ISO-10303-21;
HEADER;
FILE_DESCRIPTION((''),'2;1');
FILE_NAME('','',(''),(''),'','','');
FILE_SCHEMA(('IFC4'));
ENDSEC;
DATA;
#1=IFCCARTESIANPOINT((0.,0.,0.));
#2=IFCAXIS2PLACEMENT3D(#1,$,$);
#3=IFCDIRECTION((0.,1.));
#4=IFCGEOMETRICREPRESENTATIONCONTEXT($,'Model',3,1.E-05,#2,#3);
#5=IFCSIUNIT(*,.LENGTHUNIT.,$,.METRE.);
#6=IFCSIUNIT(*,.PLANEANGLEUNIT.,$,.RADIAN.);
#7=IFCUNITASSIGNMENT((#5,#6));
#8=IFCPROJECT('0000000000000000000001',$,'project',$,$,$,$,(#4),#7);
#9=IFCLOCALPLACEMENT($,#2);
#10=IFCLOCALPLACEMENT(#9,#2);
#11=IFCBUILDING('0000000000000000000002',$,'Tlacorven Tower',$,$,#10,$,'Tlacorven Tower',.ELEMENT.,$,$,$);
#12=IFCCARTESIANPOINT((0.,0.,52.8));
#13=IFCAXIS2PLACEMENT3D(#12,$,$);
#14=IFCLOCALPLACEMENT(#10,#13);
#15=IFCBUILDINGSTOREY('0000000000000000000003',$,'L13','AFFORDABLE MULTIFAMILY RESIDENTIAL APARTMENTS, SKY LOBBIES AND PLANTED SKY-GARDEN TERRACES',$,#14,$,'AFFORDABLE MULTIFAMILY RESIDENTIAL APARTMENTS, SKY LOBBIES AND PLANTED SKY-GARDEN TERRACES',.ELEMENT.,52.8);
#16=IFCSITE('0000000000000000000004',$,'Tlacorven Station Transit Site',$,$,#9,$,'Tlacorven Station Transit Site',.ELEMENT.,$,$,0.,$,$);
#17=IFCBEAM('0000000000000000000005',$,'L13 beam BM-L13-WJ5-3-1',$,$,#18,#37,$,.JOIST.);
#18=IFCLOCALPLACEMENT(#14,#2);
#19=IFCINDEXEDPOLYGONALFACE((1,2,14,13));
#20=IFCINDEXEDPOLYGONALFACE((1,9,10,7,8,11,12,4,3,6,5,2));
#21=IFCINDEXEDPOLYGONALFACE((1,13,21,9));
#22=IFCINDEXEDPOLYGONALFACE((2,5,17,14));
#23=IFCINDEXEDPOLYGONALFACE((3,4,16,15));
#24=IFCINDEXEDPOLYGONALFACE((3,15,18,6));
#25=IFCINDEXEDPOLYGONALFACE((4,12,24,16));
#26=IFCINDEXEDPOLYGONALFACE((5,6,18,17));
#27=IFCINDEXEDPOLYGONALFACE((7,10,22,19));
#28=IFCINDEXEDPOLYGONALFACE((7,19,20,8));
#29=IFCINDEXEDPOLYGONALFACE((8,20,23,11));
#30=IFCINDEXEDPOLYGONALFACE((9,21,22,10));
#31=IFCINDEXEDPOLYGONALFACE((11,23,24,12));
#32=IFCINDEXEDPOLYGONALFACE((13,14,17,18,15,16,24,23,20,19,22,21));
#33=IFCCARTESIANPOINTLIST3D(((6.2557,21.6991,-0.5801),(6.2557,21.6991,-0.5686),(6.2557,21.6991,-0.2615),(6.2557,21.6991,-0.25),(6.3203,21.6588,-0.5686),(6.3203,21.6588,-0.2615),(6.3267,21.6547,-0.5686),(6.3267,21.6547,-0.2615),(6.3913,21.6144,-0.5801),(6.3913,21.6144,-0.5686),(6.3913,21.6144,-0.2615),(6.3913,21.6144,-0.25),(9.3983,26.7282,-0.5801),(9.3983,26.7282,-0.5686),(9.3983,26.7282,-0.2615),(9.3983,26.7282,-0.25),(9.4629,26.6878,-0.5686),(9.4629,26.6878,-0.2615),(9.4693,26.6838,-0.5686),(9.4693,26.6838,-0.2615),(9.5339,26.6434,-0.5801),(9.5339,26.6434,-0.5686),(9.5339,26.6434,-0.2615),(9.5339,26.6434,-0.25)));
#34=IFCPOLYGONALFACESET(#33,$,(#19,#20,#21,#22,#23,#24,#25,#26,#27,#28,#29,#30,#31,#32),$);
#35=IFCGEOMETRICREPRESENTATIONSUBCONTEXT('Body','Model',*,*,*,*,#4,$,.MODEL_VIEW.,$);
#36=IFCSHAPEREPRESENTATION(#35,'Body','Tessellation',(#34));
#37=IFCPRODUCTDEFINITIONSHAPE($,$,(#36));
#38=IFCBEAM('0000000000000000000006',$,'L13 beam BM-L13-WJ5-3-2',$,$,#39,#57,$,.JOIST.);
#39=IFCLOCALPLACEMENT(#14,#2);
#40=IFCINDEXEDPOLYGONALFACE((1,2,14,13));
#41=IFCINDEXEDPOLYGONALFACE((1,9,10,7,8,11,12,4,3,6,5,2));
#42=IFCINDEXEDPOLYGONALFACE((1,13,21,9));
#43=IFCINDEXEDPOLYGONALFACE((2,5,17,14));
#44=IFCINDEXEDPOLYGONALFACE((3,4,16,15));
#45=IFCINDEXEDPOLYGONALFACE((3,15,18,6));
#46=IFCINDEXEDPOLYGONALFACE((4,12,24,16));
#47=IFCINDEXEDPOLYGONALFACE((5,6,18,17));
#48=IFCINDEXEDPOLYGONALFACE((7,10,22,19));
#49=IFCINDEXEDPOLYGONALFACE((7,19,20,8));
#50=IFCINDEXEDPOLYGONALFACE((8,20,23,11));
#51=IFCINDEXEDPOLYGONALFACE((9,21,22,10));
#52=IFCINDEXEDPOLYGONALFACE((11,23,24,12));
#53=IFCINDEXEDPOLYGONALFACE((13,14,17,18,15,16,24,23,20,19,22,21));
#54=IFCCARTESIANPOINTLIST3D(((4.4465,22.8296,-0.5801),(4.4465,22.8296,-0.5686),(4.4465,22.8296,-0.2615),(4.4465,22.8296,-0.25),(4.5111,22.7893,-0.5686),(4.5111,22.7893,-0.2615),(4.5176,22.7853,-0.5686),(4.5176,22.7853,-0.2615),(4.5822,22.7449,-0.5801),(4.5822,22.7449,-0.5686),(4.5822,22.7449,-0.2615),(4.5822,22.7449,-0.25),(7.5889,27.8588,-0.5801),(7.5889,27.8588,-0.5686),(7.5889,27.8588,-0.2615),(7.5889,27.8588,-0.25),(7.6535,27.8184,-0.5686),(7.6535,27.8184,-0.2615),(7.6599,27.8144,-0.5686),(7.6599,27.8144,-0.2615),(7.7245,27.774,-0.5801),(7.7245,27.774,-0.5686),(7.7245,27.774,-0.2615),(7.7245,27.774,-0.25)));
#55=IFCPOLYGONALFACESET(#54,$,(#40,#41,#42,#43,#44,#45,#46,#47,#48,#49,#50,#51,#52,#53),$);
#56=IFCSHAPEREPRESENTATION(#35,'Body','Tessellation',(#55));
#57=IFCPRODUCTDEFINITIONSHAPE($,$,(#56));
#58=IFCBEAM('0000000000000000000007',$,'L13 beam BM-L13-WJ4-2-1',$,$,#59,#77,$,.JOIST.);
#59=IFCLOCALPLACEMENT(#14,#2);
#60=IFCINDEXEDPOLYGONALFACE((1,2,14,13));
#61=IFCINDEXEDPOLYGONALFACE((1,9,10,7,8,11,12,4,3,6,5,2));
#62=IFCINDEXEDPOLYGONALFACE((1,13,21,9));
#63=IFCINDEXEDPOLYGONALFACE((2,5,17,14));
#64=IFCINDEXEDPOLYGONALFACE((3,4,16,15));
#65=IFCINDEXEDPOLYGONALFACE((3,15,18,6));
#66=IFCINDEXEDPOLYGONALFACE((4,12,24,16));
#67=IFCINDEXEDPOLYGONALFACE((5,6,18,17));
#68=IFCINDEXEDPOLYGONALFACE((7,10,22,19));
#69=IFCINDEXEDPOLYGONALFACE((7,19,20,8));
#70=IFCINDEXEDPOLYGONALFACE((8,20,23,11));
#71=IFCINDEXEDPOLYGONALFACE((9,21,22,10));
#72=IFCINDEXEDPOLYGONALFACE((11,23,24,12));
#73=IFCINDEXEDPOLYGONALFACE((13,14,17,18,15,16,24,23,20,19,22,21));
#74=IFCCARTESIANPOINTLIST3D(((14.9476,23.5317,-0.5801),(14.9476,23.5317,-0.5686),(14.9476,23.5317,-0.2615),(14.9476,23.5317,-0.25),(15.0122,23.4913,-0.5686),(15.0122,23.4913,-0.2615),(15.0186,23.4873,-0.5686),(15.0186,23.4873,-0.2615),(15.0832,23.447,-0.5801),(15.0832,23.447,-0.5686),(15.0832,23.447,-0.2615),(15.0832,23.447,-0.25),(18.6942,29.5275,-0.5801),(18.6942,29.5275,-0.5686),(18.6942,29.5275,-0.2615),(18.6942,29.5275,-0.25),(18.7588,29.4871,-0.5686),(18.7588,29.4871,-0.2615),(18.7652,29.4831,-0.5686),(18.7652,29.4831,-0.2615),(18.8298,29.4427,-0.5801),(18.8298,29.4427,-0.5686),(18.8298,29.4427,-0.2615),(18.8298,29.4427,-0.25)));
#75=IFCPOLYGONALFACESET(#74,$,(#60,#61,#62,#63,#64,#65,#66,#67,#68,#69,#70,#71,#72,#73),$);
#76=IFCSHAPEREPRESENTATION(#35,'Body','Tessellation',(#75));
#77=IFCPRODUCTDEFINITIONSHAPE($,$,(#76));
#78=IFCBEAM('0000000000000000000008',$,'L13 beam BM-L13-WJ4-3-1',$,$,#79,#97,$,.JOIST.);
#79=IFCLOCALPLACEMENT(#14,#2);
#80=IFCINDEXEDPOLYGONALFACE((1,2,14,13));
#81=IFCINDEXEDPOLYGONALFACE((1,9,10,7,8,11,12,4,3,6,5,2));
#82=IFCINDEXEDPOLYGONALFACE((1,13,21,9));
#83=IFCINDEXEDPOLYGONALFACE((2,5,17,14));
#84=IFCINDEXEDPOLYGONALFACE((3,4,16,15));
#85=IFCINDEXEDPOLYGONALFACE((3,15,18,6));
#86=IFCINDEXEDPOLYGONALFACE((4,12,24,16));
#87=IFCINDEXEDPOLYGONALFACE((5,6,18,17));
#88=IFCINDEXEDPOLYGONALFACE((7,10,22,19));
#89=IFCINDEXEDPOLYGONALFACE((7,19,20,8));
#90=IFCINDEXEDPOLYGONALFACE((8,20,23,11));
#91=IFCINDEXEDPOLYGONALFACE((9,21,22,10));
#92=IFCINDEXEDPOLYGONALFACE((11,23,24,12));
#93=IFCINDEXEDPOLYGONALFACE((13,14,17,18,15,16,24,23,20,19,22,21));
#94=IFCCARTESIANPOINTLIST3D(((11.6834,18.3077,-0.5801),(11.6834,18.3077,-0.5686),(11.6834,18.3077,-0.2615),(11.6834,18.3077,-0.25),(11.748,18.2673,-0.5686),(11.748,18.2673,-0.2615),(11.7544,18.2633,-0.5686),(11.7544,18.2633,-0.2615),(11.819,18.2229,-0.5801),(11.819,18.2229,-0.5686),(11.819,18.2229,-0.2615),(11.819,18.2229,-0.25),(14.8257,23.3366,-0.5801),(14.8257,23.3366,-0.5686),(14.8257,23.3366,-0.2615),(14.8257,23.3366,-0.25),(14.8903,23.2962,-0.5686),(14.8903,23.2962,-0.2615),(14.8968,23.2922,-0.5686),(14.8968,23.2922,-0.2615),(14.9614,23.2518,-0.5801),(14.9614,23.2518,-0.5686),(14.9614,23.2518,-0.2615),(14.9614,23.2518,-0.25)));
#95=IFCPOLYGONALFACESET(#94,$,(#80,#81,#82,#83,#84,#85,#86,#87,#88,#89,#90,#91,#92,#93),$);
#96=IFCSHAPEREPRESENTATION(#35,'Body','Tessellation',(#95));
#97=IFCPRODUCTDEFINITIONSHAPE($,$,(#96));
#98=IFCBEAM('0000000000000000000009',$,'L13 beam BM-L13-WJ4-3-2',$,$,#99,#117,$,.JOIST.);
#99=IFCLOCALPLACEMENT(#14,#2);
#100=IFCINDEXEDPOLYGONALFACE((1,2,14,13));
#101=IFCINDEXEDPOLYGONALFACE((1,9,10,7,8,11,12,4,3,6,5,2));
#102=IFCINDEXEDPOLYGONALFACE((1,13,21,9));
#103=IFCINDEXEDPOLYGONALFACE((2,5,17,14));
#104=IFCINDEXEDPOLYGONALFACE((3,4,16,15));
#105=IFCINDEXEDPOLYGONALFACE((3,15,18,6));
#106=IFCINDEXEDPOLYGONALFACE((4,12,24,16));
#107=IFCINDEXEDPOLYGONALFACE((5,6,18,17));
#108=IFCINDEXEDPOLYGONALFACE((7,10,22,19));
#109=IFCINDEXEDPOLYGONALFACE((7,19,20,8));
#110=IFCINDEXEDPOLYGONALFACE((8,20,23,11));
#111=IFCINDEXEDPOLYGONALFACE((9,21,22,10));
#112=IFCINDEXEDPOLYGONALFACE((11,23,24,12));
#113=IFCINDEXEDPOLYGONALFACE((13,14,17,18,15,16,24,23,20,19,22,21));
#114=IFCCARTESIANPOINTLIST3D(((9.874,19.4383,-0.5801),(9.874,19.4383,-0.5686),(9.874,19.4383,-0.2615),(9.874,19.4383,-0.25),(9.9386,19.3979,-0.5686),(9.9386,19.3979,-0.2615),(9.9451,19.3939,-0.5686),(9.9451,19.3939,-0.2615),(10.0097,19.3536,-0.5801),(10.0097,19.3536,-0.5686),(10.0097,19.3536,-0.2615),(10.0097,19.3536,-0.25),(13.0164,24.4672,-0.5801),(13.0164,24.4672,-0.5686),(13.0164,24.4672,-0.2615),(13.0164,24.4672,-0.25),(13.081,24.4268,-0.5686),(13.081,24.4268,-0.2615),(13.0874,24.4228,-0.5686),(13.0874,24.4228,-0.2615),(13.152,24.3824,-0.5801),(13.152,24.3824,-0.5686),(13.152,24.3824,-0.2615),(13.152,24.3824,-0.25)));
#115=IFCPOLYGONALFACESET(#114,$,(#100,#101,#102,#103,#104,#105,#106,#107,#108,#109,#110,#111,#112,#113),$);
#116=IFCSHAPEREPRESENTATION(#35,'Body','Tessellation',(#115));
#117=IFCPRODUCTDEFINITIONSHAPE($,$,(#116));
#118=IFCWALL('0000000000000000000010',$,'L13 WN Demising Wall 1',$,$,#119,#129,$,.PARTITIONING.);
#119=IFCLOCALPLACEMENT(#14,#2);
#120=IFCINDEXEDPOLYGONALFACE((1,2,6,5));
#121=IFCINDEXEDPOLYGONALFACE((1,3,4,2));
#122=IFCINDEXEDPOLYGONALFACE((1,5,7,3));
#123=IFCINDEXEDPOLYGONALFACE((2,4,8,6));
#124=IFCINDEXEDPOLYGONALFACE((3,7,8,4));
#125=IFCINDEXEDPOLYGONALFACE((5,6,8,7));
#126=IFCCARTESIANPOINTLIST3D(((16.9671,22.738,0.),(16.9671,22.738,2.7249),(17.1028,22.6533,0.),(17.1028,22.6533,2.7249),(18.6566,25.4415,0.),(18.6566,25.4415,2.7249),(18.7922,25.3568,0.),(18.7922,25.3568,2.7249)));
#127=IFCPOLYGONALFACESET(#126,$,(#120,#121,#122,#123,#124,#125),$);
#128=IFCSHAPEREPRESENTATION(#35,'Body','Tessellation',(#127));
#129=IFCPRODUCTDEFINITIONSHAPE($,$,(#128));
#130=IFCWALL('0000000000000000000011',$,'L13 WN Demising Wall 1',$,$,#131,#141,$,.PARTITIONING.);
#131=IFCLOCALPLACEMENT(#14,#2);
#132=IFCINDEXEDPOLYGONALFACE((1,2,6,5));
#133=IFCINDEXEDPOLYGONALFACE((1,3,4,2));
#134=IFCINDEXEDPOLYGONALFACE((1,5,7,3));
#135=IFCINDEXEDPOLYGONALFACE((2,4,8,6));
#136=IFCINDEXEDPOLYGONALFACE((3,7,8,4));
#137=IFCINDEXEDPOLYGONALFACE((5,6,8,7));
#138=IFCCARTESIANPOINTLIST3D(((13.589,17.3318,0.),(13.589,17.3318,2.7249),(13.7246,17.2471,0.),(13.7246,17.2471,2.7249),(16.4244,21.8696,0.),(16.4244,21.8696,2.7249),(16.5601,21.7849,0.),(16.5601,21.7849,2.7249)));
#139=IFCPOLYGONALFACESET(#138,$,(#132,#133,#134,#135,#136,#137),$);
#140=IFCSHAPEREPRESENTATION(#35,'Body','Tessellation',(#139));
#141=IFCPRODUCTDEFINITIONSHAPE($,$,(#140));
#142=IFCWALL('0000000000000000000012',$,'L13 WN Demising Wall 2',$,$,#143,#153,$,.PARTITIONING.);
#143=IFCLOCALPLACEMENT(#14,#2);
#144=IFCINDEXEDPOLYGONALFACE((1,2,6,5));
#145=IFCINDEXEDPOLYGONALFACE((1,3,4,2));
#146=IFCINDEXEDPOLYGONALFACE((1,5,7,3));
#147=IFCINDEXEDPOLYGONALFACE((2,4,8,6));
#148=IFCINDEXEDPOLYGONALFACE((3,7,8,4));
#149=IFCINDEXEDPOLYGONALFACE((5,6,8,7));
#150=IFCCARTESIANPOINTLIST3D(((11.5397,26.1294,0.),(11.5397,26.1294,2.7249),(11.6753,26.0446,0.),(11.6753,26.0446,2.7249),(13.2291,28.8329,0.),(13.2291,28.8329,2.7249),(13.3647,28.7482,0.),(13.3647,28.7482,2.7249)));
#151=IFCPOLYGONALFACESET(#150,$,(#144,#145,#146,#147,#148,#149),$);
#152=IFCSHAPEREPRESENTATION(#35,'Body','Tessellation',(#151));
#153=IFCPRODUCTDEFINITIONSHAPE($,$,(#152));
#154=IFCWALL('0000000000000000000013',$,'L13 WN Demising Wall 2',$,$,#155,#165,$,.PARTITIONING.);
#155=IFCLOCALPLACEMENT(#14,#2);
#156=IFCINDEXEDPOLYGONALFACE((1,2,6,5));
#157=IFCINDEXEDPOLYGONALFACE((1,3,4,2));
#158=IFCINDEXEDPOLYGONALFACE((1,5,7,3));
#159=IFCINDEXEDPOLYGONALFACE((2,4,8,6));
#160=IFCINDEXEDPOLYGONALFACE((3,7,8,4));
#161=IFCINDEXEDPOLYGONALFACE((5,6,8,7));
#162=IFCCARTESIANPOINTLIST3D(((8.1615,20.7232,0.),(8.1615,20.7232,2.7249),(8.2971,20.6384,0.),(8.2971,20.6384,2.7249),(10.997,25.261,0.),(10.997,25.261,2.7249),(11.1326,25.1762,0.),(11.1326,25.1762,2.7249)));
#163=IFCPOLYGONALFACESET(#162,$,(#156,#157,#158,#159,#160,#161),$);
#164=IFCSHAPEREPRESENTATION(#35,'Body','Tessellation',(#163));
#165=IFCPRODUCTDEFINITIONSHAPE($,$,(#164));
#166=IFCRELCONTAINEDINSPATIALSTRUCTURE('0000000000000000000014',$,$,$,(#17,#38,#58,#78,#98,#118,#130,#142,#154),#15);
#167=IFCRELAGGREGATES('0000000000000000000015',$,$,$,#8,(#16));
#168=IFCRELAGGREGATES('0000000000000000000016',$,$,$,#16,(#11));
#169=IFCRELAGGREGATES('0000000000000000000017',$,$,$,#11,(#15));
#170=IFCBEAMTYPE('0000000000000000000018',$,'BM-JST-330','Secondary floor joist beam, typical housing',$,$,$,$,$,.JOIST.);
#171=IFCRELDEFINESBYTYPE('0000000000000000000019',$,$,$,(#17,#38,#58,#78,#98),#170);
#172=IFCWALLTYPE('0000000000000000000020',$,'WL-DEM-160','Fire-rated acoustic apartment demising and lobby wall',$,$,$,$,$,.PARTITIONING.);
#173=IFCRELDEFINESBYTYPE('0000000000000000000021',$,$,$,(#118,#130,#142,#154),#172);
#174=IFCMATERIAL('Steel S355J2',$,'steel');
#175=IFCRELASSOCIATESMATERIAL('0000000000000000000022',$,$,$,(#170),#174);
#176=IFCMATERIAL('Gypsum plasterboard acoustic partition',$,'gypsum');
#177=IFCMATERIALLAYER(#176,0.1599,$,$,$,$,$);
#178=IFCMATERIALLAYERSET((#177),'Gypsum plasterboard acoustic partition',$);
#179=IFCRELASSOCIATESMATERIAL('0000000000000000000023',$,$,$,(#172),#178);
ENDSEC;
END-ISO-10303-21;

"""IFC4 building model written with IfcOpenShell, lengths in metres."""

from ifc_helpers import new_model, si_unit, direction, frame, frame_2d, origin, origin_2d, place, context, subcontext, project, spatial, rectangle, i_section, extrude, source, transform, mapped, material, layer, layer_set, material_profile, profile_set, type_object, element, save


model = new_model("IFC4")

# Units and contexts
model_context = context("Model", 3, precision=1e-05, world=origin(), true_north=direction((0.0, 1.0)))
body_context = subcontext(model_context, "Body", "Model", "MODEL_VIEW")
ifc_project = project(units=[si_unit("LENGTHUNIT", "METRE"), si_unit("PLANEANGLEUNIT", "RADIAN")], contexts=[model_context])

# Site, building, storey
site_placement = place(None, origin())
site = spatial("IfcSite", under=ifc_project, at=site_placement, Name="Tlacorven Station Transit Site", LongName="Tlacorven Station Transit Site", CompositionType="ELEMENT", RefElevation=0.0)
building_placement = place(site_placement, origin())
building = spatial("IfcBuilding", under=site, at=building_placement, Name="Tlacorven Tower", LongName="Tlacorven Tower", CompositionType="ELEMENT")
storey_placement = place(building_placement, frame((0.0, 0.0, 52.8)))
storey = spatial("IfcBuildingStorey", under=building, at=storey_placement, Name="L13", Description="AFFORDABLE MULTIFAMILY RESIDENTIAL APARTMENTS, SKY LOBBIES AND PLANTED SKY-GARDEN TERRACES", LongName="AFFORDABLE MULTIFAMILY RESIDENTIAL APARTMENTS, SKY LOBBIES AND PLANTED SKY-GARDEN TERRACES", CompositionType="ELEMENT", Elevation=52.8)

# Beams
ifc_material_1 = material(Name="Steel S355J2", Category="steel")
ifc_material_profile_1 = material_profile(ifc_material_1, i_section(OverallWidth=0.1599, OverallDepth=0.3301, WebThickness=0.0076, FlangeThickness=0.0115, at=origin_2d()), Name="IPE 330")
ifc_profile_set_1 = profile_set([ifc_material_profile_1], Name="Steel S355J2")
beam_type_1 = type_object("IfcBeamType", Name="BM-JST-330", Description="Secondary floor joist beam, typical housing", PredefinedType="JOIST", material=ifc_profile_set_1)
shared_shape_1 = source(origin(), body_context, "Body", "SweptSolid", [
    extrude(i_section(OverallWidth=0.1599, OverallDepth=0.3301, WebThickness=0.0076, FlangeThickness=0.0115, at=origin_2d()), origin(), (0.0, 0.0, 1.0), 5.9302),
])
for number, where, z_axis, x_axis, name in (
    (1, (9.4661, 26.6858, -0.415), (-0.529929, -0.848042, 0.0), (0.848042, -0.529929, 0.0), "L13 beam BM-L13-WJ5-3-1"),
    (2, (7.6567, 27.8164, -0.415), (-0.529899, -0.848061, 0.0), (0.848061, -0.529899, 0.0), "L13 beam BM-L13-WJ5-3-2"),
):
    element("IfcBeam", number, at=place(storey_placement, frame(where, z_axis=z_axis, x_axis=x_axis)), inside=storey, type_object=beam_type_1, Name=name, PredefinedType="JOIST", context=body_context, shape_type="MappedRepresentation", body=[
        mapped(shared_shape_1, transform((0.0, 0.0, 0.0), scale=1.0)),
    ])
shared_shape_2 = source(origin(), body_context, "Body", "SweptSolid", [
    extrude(i_section(OverallWidth=0.1599, OverallDepth=0.3301, WebThickness=0.0076, FlangeThickness=0.0115, at=origin_2d()), origin(), (0.0, 0.0, 1.0), 7.0701),
])
beam_placement = place(storey_placement, frame((18.762, 29.4851, -0.415), z_axis=(-0.529915, -0.848051, 0.0), x_axis=(0.848051, -0.529915, 0.0)))
element("IfcBeam", 3, at=beam_placement, inside=storey, type_object=beam_type_1, Name="L13 beam BM-L13-WJ4-2-1", PredefinedType="JOIST", context=body_context, shape_type="MappedRepresentation", body=[
    mapped(shared_shape_2, transform((0.0, 0.0, 0.0), scale=1.0)),
])
shared_shape_3 = source(origin(), body_context, "Body", "SweptSolid", [
    extrude(i_section(OverallWidth=0.1599, OverallDepth=0.3301, WebThickness=0.0076, FlangeThickness=0.0115, at=origin_2d()), origin(), (0.0, 0.0, 1.0), 5.9299),
])
for number, where, z_axis, x_axis, name in (
    (4, (14.8936, 23.2942, -0.415), (-0.529918, -0.848049, 0.0), (0.848049, -0.529918, 0.0), "L13 beam BM-L13-WJ4-3-1"),
    (5, (13.0842, 24.4248, -0.415), (-0.529918, -0.848049, 0.0), (0.848049, -0.529918, 0.0), "L13 beam BM-L13-WJ4-3-2"),
):
    element("IfcBeam", number, at=place(storey_placement, frame(where, z_axis=z_axis, x_axis=x_axis)), inside=storey, type_object=beam_type_1, Name=name, PredefinedType="JOIST", context=body_context, shape_type="MappedRepresentation", body=[
        mapped(shared_shape_3, transform((0.0, 0.0, 0.0), scale=1.0)),
    ])

# Walls
ifc_material_2 = material(Name="Gypsum plasterboard acoustic partition", Category="gypsum")
ifc_layer_1 = layer(ifc_material_2, 0.1599)
ifc_layer_set_1 = layer_set([ifc_layer_1], Name="Gypsum plasterboard acoustic partition")
wall_type_1 = type_object("IfcWallType", Name="WL-DEM-160", Description="Fire-rated acoustic apartment demising and lobby wall", PredefinedType="PARTITIONING", material=ifc_layer_set_1)
wall_1_placement = place(storey_placement, frame((18.7244, 25.3992, 0.0), z_axis=(0.0, 0.0, 1.0), x_axis=(-0.52993, -0.848041, 0.0)))
element("IfcWall", 6, at=wall_1_placement, inside=storey, type_object=wall_type_1, Name="L13 WN Demising Wall 1", PredefinedType="PARTITIONING", context=body_context, shape_type="SweptSolid", body=[
    extrude(rectangle(XDim=3.188, YDim=0.1599, at=frame_2d((1.594, 0.0))), origin(), (0.0, 0.0, 1.0), 2.7249),
])
wall_2_placement = place(storey_placement, frame((16.4922, 21.8271, 0.0), z_axis=(0.0, 0.0, 1.0), x_axis=(-0.529905, -0.848057, 0.0)))
element("IfcWall", 7, at=wall_2_placement, inside=storey, type_object=wall_type_1, Name="L13 WN Demising Wall 1", PredefinedType="PARTITIONING", context=body_context, shape_type="SweptSolid", body=[
    extrude(rectangle(XDim=5.3508, YDim=0.1599, at=frame_2d((2.6753, 0.0))), origin(), (0.0, 0.0, 1.0), 2.7249),
])
wall_3_placement = place(storey_placement, frame((13.2969, 28.7905, 0.0), z_axis=(0.0, 0.0, 1.0), x_axis=(-0.52993, -0.848041, 0.0)))
element("IfcWall", 8, at=wall_3_placement, inside=storey, type_object=wall_type_1, Name="L13 WN Demising Wall 2", PredefinedType="PARTITIONING", context=body_context, shape_type="SweptSolid", body=[
    extrude(rectangle(XDim=3.188, YDim=0.1599, at=frame_2d((1.594, 0.0))), origin(), (0.0, 0.0, 1.0), 2.7249),
])
wall_4_placement = place(storey_placement, frame((11.0647, 25.2185, 0.0), z_axis=(0.0, 0.0, 1.0), x_axis=(-0.529905, -0.848057, 0.0)))
element("IfcWall", 9, at=wall_4_placement, inside=storey, type_object=wall_type_1, Name="L13 WN Demising Wall 2", PredefinedType="PARTITIONING", context=body_context, shape_type="SweptSolid", body=[
    extrude(rectangle(XDim=5.3508, YDim=0.1599, at=frame_2d((2.6753, 0.0))), origin(), (0.0, 0.0, 1.0), 2.7249),
])

save(model, "model.ifc")
